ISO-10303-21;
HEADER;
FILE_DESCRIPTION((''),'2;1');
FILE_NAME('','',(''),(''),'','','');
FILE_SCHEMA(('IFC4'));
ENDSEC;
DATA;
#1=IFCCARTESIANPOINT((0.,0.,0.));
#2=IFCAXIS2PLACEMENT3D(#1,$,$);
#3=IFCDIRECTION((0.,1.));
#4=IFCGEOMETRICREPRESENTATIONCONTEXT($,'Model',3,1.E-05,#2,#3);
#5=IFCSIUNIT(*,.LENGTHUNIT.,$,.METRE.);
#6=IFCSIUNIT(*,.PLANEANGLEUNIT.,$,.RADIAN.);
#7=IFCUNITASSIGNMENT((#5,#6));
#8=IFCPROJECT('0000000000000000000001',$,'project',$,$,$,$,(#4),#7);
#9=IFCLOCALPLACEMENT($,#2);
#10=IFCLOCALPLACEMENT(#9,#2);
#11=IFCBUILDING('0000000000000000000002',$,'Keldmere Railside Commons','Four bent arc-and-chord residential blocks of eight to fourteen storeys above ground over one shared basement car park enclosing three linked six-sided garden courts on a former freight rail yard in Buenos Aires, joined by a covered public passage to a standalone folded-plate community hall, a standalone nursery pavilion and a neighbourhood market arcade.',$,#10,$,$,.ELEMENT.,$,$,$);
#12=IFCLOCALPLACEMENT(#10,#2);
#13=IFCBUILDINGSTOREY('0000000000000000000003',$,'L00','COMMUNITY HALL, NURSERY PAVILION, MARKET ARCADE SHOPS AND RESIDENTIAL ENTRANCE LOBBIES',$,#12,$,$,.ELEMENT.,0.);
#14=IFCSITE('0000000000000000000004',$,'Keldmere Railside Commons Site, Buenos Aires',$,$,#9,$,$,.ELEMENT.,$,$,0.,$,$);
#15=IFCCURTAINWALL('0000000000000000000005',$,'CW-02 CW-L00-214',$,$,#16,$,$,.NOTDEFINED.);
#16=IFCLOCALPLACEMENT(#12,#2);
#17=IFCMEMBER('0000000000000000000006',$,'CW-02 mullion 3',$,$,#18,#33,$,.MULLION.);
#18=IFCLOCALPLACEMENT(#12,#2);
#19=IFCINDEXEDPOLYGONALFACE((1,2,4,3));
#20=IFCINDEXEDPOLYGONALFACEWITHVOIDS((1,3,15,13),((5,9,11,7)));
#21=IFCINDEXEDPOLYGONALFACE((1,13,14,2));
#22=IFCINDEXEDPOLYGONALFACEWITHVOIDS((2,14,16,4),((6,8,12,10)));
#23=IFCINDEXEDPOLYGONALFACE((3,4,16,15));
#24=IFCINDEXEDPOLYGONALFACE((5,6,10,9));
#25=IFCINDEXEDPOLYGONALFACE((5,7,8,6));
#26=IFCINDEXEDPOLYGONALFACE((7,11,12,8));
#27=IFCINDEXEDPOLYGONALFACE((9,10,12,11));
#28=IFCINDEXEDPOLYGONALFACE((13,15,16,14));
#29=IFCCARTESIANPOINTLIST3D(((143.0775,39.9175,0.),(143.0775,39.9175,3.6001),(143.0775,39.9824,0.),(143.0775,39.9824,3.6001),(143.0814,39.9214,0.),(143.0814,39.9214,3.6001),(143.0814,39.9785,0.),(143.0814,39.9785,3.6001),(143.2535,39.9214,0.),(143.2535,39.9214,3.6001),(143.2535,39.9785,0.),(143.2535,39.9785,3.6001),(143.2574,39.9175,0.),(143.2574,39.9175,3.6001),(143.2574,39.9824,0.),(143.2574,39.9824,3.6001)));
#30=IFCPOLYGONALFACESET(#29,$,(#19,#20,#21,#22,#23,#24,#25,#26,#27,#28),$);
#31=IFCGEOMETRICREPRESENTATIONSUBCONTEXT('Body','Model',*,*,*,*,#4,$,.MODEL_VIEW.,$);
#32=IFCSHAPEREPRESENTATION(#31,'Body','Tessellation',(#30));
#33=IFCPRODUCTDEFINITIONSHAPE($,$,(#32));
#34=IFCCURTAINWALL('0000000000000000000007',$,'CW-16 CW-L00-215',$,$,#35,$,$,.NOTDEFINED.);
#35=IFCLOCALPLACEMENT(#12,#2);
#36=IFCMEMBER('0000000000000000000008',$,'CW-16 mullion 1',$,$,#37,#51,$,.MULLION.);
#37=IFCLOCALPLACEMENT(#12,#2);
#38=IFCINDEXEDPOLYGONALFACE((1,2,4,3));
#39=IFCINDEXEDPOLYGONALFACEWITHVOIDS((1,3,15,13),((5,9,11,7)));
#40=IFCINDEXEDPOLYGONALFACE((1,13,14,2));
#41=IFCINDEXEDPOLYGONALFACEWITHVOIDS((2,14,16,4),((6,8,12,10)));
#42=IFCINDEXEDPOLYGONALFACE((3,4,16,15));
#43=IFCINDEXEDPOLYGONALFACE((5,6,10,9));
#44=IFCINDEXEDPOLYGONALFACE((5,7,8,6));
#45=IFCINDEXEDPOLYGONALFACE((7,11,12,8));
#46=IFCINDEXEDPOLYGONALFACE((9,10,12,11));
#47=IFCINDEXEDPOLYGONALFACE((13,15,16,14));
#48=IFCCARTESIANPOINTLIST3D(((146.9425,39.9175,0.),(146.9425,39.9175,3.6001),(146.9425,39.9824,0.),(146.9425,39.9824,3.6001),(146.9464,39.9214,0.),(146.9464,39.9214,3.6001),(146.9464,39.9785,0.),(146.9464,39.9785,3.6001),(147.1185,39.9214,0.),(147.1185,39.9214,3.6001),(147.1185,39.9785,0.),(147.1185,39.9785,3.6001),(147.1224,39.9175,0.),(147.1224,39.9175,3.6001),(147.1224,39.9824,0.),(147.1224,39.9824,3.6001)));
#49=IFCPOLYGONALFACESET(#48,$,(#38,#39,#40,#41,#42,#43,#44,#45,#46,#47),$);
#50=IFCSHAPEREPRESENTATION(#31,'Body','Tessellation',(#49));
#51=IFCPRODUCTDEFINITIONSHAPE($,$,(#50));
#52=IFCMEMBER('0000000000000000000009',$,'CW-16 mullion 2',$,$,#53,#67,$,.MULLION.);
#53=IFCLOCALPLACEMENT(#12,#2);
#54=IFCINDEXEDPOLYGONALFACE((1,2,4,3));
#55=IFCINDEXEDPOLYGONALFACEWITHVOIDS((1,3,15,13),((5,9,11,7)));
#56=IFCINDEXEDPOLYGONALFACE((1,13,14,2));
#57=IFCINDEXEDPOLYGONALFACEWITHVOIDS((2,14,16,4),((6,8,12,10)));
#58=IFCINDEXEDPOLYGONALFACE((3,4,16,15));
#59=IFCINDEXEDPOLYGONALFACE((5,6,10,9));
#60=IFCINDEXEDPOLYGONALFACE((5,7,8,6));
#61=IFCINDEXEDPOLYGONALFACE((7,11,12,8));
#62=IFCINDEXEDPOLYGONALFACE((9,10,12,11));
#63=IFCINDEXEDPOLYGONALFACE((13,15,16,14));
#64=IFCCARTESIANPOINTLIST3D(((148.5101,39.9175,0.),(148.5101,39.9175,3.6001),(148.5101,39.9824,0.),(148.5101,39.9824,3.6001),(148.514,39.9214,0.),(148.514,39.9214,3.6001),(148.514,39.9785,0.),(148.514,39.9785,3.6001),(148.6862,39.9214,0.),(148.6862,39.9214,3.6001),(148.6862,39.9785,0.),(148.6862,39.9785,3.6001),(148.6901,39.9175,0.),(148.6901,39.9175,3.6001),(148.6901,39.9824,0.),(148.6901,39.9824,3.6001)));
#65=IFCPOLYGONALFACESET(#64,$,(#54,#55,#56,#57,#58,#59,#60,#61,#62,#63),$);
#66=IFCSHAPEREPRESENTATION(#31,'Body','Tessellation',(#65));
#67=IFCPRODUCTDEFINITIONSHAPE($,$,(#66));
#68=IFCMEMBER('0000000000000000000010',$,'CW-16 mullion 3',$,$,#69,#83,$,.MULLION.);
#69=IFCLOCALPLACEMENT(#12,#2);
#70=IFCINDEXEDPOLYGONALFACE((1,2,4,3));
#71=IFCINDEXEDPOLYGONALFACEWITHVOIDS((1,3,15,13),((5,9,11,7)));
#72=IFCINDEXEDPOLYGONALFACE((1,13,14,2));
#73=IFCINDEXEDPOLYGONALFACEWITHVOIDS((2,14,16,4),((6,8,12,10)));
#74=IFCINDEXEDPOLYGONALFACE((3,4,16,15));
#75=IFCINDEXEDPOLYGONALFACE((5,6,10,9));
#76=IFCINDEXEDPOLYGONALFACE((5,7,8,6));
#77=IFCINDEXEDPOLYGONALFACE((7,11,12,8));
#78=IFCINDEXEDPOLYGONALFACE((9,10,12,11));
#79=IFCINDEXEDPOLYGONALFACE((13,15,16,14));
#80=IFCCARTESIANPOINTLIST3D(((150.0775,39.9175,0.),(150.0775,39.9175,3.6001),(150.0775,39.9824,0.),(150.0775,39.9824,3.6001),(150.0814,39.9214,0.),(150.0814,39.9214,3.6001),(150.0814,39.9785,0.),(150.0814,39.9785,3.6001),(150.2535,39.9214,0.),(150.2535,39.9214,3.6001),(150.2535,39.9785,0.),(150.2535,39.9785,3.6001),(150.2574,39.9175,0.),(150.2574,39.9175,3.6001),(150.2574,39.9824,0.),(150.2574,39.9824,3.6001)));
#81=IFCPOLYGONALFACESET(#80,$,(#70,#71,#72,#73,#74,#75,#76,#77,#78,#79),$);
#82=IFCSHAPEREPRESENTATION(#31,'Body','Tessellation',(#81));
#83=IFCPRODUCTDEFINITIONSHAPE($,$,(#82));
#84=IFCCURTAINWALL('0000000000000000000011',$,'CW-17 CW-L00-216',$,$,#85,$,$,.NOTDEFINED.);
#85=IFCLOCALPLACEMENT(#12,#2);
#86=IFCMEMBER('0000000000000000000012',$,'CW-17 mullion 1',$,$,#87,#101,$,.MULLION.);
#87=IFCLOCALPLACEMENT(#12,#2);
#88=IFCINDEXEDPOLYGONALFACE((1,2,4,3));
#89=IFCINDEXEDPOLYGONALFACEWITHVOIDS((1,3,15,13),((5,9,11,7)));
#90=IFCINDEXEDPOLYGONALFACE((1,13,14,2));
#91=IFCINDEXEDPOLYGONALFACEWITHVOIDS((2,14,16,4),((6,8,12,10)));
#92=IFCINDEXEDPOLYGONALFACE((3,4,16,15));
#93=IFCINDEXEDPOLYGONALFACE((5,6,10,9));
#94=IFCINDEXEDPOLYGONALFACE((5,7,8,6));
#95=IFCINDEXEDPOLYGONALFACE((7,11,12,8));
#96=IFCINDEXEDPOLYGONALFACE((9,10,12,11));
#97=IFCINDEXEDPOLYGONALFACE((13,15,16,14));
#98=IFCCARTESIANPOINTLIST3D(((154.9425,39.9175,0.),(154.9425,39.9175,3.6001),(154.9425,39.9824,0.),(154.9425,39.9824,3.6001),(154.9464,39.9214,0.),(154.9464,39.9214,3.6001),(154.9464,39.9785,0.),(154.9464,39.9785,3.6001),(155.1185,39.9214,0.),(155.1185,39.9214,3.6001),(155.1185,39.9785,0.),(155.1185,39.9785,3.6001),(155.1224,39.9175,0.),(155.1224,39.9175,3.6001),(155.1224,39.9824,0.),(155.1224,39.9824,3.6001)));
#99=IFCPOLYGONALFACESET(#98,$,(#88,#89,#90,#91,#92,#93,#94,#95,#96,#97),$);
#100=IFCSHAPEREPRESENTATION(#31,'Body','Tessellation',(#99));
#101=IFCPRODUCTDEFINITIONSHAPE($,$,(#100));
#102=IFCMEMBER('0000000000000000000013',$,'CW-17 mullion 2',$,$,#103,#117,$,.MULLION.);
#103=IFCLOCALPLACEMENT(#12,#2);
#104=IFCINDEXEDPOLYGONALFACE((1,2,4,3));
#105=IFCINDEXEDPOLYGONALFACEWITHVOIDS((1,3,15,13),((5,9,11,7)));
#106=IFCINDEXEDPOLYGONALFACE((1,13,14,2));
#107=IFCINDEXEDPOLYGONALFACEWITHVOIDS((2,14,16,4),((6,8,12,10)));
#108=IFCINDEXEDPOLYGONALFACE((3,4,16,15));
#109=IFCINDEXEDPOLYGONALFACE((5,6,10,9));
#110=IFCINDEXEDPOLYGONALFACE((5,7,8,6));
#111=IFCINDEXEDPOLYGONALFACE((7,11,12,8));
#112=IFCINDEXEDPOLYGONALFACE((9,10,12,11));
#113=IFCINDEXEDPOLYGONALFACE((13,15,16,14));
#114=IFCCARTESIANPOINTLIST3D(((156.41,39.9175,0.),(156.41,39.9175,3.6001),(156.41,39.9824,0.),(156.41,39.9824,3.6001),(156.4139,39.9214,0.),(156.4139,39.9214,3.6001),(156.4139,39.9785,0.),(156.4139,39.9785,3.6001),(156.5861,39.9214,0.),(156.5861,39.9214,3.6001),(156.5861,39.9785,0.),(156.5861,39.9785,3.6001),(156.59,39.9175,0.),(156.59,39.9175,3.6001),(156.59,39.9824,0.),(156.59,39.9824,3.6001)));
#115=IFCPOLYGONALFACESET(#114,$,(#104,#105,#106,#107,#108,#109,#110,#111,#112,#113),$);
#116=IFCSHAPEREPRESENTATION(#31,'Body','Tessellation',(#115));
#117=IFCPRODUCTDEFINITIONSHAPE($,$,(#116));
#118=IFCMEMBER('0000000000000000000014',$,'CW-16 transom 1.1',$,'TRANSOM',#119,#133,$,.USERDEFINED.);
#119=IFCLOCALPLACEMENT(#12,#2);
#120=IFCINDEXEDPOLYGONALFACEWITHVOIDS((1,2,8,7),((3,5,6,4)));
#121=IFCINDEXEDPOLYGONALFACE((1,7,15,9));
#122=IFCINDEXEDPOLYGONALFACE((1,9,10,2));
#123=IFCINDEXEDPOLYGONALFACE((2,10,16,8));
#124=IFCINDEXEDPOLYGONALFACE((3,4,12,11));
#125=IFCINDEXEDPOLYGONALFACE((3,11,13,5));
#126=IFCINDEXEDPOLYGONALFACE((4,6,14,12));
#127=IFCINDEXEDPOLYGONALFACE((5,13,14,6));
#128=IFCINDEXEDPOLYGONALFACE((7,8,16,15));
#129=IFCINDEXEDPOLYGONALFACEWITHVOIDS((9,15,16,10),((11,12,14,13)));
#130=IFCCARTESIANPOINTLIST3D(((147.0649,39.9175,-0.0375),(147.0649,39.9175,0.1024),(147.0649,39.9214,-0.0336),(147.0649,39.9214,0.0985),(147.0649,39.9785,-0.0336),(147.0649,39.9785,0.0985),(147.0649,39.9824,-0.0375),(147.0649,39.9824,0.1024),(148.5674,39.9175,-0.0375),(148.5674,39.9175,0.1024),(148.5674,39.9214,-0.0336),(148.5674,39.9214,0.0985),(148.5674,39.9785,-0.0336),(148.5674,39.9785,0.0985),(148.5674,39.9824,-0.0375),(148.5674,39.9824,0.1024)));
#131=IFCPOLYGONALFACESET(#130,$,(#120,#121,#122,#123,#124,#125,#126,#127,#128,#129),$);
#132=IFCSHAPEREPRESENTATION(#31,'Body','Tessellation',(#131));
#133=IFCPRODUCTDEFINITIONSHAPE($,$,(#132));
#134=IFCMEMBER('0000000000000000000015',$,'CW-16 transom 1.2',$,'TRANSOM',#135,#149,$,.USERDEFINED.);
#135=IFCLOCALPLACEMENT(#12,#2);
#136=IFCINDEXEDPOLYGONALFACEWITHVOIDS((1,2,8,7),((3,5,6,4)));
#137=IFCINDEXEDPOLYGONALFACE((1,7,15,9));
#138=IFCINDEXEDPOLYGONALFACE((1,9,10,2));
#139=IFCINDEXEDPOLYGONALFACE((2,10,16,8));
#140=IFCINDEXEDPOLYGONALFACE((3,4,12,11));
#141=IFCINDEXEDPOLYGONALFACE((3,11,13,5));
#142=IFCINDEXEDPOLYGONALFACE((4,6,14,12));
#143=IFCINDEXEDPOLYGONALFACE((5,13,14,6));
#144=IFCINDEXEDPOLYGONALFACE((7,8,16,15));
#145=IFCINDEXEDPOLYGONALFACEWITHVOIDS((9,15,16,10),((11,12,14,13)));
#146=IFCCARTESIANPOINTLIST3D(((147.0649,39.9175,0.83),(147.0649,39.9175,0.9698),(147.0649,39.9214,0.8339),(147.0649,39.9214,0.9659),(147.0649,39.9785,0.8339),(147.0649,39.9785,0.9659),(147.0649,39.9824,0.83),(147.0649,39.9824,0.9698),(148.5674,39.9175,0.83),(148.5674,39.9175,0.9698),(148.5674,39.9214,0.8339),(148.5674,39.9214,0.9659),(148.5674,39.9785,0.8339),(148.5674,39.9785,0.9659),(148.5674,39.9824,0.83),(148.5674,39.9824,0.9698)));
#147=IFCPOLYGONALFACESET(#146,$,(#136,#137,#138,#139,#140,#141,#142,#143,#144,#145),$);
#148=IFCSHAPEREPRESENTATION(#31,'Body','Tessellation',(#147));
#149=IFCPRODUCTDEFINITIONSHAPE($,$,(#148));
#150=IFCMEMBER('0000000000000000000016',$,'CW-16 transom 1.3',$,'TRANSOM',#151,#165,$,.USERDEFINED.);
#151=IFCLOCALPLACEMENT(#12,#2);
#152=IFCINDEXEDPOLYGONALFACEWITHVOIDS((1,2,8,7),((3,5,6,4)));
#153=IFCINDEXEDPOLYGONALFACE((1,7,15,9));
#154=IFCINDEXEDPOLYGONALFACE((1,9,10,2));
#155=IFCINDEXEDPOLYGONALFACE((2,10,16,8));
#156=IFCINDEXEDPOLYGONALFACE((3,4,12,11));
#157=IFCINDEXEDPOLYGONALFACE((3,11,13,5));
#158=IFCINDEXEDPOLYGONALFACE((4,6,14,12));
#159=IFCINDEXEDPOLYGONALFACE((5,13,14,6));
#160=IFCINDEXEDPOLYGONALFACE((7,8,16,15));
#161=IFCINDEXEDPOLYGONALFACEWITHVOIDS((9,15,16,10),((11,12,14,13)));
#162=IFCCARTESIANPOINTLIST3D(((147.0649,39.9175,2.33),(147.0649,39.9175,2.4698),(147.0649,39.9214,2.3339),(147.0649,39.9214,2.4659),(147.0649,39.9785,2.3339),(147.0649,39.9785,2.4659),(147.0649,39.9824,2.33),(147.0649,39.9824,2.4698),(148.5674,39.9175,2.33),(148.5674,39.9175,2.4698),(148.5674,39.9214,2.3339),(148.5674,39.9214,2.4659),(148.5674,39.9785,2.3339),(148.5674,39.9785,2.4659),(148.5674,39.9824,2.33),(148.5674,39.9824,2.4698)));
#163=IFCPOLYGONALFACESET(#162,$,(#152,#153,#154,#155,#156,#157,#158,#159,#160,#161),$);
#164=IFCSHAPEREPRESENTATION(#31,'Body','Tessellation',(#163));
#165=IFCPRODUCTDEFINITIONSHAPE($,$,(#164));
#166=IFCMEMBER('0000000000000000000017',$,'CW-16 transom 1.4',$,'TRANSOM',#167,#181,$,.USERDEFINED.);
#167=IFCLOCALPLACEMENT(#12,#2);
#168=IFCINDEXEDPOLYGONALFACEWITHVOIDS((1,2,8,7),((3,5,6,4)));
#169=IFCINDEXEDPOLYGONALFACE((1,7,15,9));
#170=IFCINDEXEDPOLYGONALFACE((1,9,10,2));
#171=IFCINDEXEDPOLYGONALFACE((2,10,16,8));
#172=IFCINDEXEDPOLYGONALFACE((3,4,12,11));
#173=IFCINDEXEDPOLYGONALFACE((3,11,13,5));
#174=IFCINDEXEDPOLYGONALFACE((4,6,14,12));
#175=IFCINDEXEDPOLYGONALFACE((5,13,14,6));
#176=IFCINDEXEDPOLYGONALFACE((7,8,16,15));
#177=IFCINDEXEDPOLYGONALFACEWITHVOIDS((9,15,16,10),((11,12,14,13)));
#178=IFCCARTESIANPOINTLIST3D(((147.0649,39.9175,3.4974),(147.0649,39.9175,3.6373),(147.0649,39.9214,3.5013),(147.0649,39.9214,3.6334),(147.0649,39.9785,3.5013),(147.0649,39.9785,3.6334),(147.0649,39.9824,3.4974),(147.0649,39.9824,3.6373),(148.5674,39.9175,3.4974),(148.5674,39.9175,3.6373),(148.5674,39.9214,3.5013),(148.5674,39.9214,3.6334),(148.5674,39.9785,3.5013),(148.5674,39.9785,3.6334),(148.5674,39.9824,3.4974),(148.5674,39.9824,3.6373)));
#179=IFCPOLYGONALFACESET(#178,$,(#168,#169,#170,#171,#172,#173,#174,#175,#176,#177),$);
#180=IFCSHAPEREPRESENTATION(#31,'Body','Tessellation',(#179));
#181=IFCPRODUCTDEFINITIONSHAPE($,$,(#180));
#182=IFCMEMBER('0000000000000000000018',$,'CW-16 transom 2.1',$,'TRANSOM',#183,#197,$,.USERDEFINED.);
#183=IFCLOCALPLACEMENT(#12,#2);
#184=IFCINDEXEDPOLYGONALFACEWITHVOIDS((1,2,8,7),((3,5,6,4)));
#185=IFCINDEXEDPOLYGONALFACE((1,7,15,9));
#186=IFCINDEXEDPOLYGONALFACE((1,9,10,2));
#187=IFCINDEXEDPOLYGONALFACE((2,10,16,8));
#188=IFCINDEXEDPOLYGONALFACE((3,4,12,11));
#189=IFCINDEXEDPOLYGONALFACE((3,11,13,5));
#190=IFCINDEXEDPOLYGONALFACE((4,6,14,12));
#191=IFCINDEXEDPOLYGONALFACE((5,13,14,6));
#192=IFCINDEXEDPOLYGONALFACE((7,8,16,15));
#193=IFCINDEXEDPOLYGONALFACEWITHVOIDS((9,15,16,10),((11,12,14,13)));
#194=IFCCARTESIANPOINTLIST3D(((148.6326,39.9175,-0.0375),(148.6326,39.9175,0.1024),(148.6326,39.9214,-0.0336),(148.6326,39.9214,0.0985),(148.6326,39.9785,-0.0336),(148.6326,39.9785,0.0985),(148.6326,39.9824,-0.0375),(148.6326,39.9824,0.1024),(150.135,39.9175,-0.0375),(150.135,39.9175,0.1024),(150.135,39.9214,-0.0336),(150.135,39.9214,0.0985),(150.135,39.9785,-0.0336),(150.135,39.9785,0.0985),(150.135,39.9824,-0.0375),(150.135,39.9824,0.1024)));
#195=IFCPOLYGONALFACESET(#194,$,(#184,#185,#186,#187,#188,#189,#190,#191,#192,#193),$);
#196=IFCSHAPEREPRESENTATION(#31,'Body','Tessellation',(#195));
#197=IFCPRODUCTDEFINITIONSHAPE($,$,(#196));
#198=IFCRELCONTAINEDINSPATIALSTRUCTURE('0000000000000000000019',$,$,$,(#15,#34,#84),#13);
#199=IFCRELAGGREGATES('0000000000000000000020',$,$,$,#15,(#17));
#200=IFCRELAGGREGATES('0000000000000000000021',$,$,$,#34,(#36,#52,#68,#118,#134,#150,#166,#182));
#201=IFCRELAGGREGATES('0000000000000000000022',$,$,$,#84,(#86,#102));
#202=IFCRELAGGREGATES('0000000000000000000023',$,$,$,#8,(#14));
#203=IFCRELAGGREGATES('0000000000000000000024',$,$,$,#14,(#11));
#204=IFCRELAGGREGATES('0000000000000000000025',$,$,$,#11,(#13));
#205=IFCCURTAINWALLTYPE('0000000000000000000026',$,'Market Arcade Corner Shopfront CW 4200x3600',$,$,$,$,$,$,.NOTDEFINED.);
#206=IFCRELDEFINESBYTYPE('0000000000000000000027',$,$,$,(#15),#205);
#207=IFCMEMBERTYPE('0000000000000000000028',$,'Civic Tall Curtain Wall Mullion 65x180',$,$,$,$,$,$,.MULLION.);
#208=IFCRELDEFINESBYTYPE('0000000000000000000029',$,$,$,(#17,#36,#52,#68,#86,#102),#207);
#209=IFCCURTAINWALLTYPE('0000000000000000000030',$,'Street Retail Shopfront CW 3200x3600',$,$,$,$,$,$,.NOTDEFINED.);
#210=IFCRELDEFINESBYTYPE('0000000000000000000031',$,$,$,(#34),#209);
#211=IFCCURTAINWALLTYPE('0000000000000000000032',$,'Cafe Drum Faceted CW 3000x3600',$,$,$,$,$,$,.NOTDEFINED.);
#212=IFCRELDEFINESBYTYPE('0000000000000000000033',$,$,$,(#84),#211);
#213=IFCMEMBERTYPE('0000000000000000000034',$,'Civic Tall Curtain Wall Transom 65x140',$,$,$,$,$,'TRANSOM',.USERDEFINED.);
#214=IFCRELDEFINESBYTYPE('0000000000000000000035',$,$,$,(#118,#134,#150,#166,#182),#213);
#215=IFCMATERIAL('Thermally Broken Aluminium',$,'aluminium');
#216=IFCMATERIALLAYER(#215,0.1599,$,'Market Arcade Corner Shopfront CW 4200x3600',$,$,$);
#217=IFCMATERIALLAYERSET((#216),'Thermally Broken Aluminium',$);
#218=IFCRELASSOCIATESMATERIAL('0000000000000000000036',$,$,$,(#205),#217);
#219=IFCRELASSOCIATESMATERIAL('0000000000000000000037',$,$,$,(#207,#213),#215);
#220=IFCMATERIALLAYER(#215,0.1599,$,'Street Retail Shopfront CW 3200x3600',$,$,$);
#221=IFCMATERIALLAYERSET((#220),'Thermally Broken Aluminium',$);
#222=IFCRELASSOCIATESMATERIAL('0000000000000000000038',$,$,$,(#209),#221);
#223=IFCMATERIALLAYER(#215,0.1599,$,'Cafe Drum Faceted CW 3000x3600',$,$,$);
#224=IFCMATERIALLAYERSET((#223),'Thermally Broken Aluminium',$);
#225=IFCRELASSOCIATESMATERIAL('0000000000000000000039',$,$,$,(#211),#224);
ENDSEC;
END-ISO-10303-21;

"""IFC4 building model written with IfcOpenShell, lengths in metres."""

from ifc_helpers import new_model, si_unit, direction, frame, origin, origin_2d, place, context, subcontext, project, spatial, hollow_rectangle, extrude, material, layer, layer_set, material_profile, profile_set, type_object, element, aggregate, save


model = new_model("IFC4")

# Units and contexts
model_context = context("Model", 3, precision=1e-05, world=origin(), true_north=direction((0.0, 1.0)))
body_context = subcontext(model_context, "Body", "Model", "MODEL_VIEW")
ifc_project = project(units=[si_unit("LENGTHUNIT", "METRE"), si_unit("PLANEANGLEUNIT", "RADIAN")], contexts=[model_context])

# Site, building, storey
site_placement = place(None, origin())
site = spatial("IfcSite", under=ifc_project, at=site_placement, Name="Keldmere Railside Commons Site, Buenos Aires", CompositionType="ELEMENT", RefElevation=0.0)
building_placement = place(site_placement, origin())
building = spatial("IfcBuilding", under=site, at=building_placement, Name="Keldmere Railside Commons", Description="Four bent arc-and-chord residential blocks of eight to fourteen storeys above ground over one shared basement car park enclosing three linked six-sided garden courts on a former freight rail yard in Buenos Aires, joined by a covered public passage to a standalone folded-plate community hall, a standalone nursery pavilion and a neighbourhood market arcade.", CompositionType="ELEMENT")
storey_placement = place(building_placement, origin())
storey = spatial("IfcBuildingStorey", under=building, at=storey_placement, Name="L00", Description="COMMUNITY HALL, NURSERY PAVILION, MARKET ARCADE SHOPS AND RESIDENTIAL ENTRANCE LOBBIES", CompositionType="ELEMENT", Elevation=0.0)

# Curtain wall, member
ifc_material_1 = material(Name="Thermally Broken Aluminium", Category="aluminium")
ifc_layer_1 = layer(ifc_material_1, 0.1599, Name="Market Arcade Corner Shopfront CW 4200x3600")
ifc_layer_set_1 = layer_set([ifc_layer_1], Name="Thermally Broken Aluminium")
curtain_wall_type_1 = type_object("IfcCurtainWallType", Name="Market Arcade Corner Shopfront CW 4200x3600", PredefinedType="NOTDEFINED", material=ifc_layer_set_1)
curtain_wall_1_placement = place(storey_placement, origin())
curtain_wall_1 = element("IfcCurtainWall", 1, at=curtain_wall_1_placement, inside=storey, type_object=curtain_wall_type_1, Name="CW-02 CW-L00-214", PredefinedType="NOTDEFINED")
ifc_material_profile_1 = material_profile(ifc_material_1, hollow_rectangle(XDim=0.0649, YDim=0.1799, WallThickness=0.0039, at=origin_2d()), Name="ALU-MULL-65x180")
ifc_profile_set_1 = profile_set([ifc_material_profile_1], Name="Thermally Broken Aluminium")
member_type_1 = type_object("IfcMemberType", Name="Civic Tall Curtain Wall Mullion 65x180", PredefinedType="MULLION", material=ifc_profile_set_1)
member_1_placement = place(storey_placement, frame((143.1675, 39.95, 0.0), z_axis=(0.0, 0.0, 1.0), x_axis=(0.0, 1.0, 0.0)))
member_1 = element("IfcMember", 2, at=member_1_placement, type_object=member_type_1, Name="CW-02 mullion 3", PredefinedType="MULLION", context=body_context, shape_type="SweptSolid", body=[
    extrude(hollow_rectangle(XDim=0.0649, YDim=0.1799, WallThickness=0.0039, at=origin_2d()), origin(), (0.0, 0.0, 1.0), 3.6001),
])

# Curtain walls, members
ifc_layer_2 = layer(ifc_material_1, 0.1599, Name="Street Retail Shopfront CW 3200x3600")
ifc_layer_set_2 = layer_set([ifc_layer_2], Name="Thermally Broken Aluminium")
curtain_wall_type_2 = type_object("IfcCurtainWallType", Name="Street Retail Shopfront CW 3200x3600", PredefinedType="NOTDEFINED", material=ifc_layer_set_2)
curtain_wall_2_placement = place(storey_placement, origin())
curtain_wall_2 = element("IfcCurtainWall", 3, at=curtain_wall_2_placement, inside=storey, type_object=curtain_wall_type_2, Name="CW-16 CW-L00-215", PredefinedType="NOTDEFINED")
member_2_placement = place(storey_placement, frame((147.0325, 39.95, 0.0), z_axis=(0.0, 0.0, 1.0), x_axis=(0.0, 1.0, 0.0)))
member_2 = element("IfcMember", 4, at=member_2_placement, type_object=member_type_1, Name="CW-16 mullion 1", PredefinedType="MULLION", context=body_context, shape_type="SweptSolid", body=[
    extrude(hollow_rectangle(XDim=0.0649, YDim=0.1799, WallThickness=0.0039, at=origin_2d()), origin(), (0.0, 0.0, 1.0), 3.6001),
])
member_3_placement = place(storey_placement, frame((148.6001, 39.95, 0.0), z_axis=(0.0, 0.0, 1.0), x_axis=(0.0, 1.0, 0.0)))
member_3 = element("IfcMember", 5, at=member_3_placement, type_object=member_type_1, Name="CW-16 mullion 2", PredefinedType="MULLION", context=body_context, shape_type="SweptSolid", body=[
    extrude(hollow_rectangle(XDim=0.0649, YDim=0.1799, WallThickness=0.0039, at=origin_2d()), origin(), (0.0, 0.0, 1.0), 3.6001),
])
member_4_placement = place(storey_placement, frame((150.1675, 39.95, 0.0), z_axis=(0.0, 0.0, 1.0), x_axis=(0.0, 1.0, 0.0)))
member_4 = element("IfcMember", 6, at=member_4_placement, type_object=member_type_1, Name="CW-16 mullion 3", PredefinedType="MULLION", context=body_context, shape_type="SweptSolid", body=[
    extrude(hollow_rectangle(XDim=0.0649, YDim=0.1799, WallThickness=0.0039, at=origin_2d()), origin(), (0.0, 0.0, 1.0), 3.6001),
])
ifc_layer_3 = layer(ifc_material_1, 0.1599, Name="Cafe Drum Faceted CW 3000x3600")
ifc_layer_set_3 = layer_set([ifc_layer_3], Name="Thermally Broken Aluminium")
curtain_wall_type_3 = type_object("IfcCurtainWallType", Name="Cafe Drum Faceted CW 3000x3600", PredefinedType="NOTDEFINED", material=ifc_layer_set_3)
curtain_wall_3_placement = place(storey_placement, origin())
curtain_wall_3 = element("IfcCurtainWall", 7, at=curtain_wall_3_placement, inside=storey, type_object=curtain_wall_type_3, Name="CW-17 CW-L00-216", PredefinedType="NOTDEFINED")
member_5_placement = place(storey_placement, frame((155.0325, 39.95, 0.0), z_axis=(0.0, 0.0, 1.0), x_axis=(0.0, 1.0, 0.0)))
member_5 = element("IfcMember", 8, at=member_5_placement, type_object=member_type_1, Name="CW-17 mullion 1", PredefinedType="MULLION", context=body_context, shape_type="SweptSolid", body=[
    extrude(hollow_rectangle(XDim=0.0649, YDim=0.1799, WallThickness=0.0039, at=origin_2d()), origin(), (0.0, 0.0, 1.0), 3.6001),
])
member_6_placement = place(storey_placement, frame((156.5, 39.95, 0.0), z_axis=(0.0, 0.0, 1.0), x_axis=(0.0, 1.0, 0.0)))
member_6 = element("IfcMember", 9, at=member_6_placement, type_object=member_type_1, Name="CW-17 mullion 2", PredefinedType="MULLION", context=body_context, shape_type="SweptSolid", body=[
    extrude(hollow_rectangle(XDim=0.0649, YDim=0.1799, WallThickness=0.0039, at=origin_2d()), origin(), (0.0, 0.0, 1.0), 3.6001),
])

# Members
ifc_material_profile_2 = material_profile(ifc_material_1, hollow_rectangle(XDim=0.0649, YDim=0.1399, WallThickness=0.0039, at=origin_2d()), Name="ALU-TRAN-65x140")
ifc_profile_set_2 = profile_set([ifc_material_profile_2], Name="Thermally Broken Aluminium")
member_type_2 = type_object("IfcMemberType", Name="Civic Tall Curtain Wall Transom 65x140", ElementType="TRANSOM", PredefinedType="USERDEFINED", material=ifc_profile_set_2)
member_7_placement = place(storey_placement, frame((147.0649, 39.95, 0.0325), z_axis=(1.0, 0.0, 0.0), x_axis=(0.0, 1.0, 0.0)))
member_7 = element("IfcMember", 10, at=member_7_placement, type_object=member_type_2, Name="CW-16 transom 1.1", ObjectType="TRANSOM", PredefinedType="USERDEFINED", context=body_context, shape_type="SweptSolid", body=[
    extrude(hollow_rectangle(XDim=0.0649, YDim=0.1399, WallThickness=0.0039, at=origin_2d()), origin(), (0.0, 0.0, 1.0), 1.5024),
])
member_8_placement = place(storey_placement, frame((147.0649, 39.95, 0.8999), z_axis=(1.0, 0.0, 0.0), x_axis=(0.0, 1.0, 0.0)))
member_8 = element("IfcMember", 11, at=member_8_placement, type_object=member_type_2, Name="CW-16 transom 1.2", ObjectType="TRANSOM", PredefinedType="USERDEFINED", context=body_context, shape_type="SweptSolid", body=[
    extrude(hollow_rectangle(XDim=0.0649, YDim=0.1399, WallThickness=0.0039, at=origin_2d()), origin(), (0.0, 0.0, 1.0), 1.5024),
])
member_9_placement = place(storey_placement, frame((147.0649, 39.95, 2.3999), z_axis=(1.0, 0.0, 0.0), x_axis=(0.0, 1.0, 0.0)))
member_9 = element("IfcMember", 12, at=member_9_placement, type_object=member_type_2, Name="CW-16 transom 1.3", ObjectType="TRANSOM", PredefinedType="USERDEFINED", context=body_context, shape_type="SweptSolid", body=[
    extrude(hollow_rectangle(XDim=0.0649, YDim=0.1399, WallThickness=0.0039, at=origin_2d()), origin(), (0.0, 0.0, 1.0), 1.5024),
])
member_10_placement = place(storey_placement, frame((147.0649, 39.95, 3.5674), z_axis=(1.0, 0.0, 0.0), x_axis=(0.0, 1.0, 0.0)))
member_10 = element("IfcMember", 13, at=member_10_placement, type_object=member_type_2, Name="CW-16 transom 1.4", ObjectType="TRANSOM", PredefinedType="USERDEFINED", context=body_context, shape_type="SweptSolid", body=[
    extrude(hollow_rectangle(XDim=0.0649, YDim=0.1399, WallThickness=0.0039, at=origin_2d()), origin(), (0.0, 0.0, 1.0), 1.5024),
])
member_11_placement = place(storey_placement, frame((148.6326, 39.95, 0.0325), z_axis=(1.0, 0.0, 0.0), x_axis=(0.0, 1.0, 0.0)))
member_11 = element("IfcMember", 14, at=member_11_placement, type_object=member_type_2, Name="CW-16 transom 2.1", ObjectType="TRANSOM", PredefinedType="USERDEFINED", context=body_context, shape_type="SweptSolid", body=[
    extrude(hollow_rectangle(XDim=0.0649, YDim=0.1399, WallThickness=0.0039, at=origin_2d()), origin(), (0.0, 0.0, 1.0), 1.5024),
])

aggregate(curtain_wall_1, [member_1])
aggregate(curtain_wall_2, [member_2, member_3, member_4, member_7, member_8, member_9, member_10, member_11])
aggregate(curtain_wall_3, [member_5, member_6])

save(model, "model.ifc")
